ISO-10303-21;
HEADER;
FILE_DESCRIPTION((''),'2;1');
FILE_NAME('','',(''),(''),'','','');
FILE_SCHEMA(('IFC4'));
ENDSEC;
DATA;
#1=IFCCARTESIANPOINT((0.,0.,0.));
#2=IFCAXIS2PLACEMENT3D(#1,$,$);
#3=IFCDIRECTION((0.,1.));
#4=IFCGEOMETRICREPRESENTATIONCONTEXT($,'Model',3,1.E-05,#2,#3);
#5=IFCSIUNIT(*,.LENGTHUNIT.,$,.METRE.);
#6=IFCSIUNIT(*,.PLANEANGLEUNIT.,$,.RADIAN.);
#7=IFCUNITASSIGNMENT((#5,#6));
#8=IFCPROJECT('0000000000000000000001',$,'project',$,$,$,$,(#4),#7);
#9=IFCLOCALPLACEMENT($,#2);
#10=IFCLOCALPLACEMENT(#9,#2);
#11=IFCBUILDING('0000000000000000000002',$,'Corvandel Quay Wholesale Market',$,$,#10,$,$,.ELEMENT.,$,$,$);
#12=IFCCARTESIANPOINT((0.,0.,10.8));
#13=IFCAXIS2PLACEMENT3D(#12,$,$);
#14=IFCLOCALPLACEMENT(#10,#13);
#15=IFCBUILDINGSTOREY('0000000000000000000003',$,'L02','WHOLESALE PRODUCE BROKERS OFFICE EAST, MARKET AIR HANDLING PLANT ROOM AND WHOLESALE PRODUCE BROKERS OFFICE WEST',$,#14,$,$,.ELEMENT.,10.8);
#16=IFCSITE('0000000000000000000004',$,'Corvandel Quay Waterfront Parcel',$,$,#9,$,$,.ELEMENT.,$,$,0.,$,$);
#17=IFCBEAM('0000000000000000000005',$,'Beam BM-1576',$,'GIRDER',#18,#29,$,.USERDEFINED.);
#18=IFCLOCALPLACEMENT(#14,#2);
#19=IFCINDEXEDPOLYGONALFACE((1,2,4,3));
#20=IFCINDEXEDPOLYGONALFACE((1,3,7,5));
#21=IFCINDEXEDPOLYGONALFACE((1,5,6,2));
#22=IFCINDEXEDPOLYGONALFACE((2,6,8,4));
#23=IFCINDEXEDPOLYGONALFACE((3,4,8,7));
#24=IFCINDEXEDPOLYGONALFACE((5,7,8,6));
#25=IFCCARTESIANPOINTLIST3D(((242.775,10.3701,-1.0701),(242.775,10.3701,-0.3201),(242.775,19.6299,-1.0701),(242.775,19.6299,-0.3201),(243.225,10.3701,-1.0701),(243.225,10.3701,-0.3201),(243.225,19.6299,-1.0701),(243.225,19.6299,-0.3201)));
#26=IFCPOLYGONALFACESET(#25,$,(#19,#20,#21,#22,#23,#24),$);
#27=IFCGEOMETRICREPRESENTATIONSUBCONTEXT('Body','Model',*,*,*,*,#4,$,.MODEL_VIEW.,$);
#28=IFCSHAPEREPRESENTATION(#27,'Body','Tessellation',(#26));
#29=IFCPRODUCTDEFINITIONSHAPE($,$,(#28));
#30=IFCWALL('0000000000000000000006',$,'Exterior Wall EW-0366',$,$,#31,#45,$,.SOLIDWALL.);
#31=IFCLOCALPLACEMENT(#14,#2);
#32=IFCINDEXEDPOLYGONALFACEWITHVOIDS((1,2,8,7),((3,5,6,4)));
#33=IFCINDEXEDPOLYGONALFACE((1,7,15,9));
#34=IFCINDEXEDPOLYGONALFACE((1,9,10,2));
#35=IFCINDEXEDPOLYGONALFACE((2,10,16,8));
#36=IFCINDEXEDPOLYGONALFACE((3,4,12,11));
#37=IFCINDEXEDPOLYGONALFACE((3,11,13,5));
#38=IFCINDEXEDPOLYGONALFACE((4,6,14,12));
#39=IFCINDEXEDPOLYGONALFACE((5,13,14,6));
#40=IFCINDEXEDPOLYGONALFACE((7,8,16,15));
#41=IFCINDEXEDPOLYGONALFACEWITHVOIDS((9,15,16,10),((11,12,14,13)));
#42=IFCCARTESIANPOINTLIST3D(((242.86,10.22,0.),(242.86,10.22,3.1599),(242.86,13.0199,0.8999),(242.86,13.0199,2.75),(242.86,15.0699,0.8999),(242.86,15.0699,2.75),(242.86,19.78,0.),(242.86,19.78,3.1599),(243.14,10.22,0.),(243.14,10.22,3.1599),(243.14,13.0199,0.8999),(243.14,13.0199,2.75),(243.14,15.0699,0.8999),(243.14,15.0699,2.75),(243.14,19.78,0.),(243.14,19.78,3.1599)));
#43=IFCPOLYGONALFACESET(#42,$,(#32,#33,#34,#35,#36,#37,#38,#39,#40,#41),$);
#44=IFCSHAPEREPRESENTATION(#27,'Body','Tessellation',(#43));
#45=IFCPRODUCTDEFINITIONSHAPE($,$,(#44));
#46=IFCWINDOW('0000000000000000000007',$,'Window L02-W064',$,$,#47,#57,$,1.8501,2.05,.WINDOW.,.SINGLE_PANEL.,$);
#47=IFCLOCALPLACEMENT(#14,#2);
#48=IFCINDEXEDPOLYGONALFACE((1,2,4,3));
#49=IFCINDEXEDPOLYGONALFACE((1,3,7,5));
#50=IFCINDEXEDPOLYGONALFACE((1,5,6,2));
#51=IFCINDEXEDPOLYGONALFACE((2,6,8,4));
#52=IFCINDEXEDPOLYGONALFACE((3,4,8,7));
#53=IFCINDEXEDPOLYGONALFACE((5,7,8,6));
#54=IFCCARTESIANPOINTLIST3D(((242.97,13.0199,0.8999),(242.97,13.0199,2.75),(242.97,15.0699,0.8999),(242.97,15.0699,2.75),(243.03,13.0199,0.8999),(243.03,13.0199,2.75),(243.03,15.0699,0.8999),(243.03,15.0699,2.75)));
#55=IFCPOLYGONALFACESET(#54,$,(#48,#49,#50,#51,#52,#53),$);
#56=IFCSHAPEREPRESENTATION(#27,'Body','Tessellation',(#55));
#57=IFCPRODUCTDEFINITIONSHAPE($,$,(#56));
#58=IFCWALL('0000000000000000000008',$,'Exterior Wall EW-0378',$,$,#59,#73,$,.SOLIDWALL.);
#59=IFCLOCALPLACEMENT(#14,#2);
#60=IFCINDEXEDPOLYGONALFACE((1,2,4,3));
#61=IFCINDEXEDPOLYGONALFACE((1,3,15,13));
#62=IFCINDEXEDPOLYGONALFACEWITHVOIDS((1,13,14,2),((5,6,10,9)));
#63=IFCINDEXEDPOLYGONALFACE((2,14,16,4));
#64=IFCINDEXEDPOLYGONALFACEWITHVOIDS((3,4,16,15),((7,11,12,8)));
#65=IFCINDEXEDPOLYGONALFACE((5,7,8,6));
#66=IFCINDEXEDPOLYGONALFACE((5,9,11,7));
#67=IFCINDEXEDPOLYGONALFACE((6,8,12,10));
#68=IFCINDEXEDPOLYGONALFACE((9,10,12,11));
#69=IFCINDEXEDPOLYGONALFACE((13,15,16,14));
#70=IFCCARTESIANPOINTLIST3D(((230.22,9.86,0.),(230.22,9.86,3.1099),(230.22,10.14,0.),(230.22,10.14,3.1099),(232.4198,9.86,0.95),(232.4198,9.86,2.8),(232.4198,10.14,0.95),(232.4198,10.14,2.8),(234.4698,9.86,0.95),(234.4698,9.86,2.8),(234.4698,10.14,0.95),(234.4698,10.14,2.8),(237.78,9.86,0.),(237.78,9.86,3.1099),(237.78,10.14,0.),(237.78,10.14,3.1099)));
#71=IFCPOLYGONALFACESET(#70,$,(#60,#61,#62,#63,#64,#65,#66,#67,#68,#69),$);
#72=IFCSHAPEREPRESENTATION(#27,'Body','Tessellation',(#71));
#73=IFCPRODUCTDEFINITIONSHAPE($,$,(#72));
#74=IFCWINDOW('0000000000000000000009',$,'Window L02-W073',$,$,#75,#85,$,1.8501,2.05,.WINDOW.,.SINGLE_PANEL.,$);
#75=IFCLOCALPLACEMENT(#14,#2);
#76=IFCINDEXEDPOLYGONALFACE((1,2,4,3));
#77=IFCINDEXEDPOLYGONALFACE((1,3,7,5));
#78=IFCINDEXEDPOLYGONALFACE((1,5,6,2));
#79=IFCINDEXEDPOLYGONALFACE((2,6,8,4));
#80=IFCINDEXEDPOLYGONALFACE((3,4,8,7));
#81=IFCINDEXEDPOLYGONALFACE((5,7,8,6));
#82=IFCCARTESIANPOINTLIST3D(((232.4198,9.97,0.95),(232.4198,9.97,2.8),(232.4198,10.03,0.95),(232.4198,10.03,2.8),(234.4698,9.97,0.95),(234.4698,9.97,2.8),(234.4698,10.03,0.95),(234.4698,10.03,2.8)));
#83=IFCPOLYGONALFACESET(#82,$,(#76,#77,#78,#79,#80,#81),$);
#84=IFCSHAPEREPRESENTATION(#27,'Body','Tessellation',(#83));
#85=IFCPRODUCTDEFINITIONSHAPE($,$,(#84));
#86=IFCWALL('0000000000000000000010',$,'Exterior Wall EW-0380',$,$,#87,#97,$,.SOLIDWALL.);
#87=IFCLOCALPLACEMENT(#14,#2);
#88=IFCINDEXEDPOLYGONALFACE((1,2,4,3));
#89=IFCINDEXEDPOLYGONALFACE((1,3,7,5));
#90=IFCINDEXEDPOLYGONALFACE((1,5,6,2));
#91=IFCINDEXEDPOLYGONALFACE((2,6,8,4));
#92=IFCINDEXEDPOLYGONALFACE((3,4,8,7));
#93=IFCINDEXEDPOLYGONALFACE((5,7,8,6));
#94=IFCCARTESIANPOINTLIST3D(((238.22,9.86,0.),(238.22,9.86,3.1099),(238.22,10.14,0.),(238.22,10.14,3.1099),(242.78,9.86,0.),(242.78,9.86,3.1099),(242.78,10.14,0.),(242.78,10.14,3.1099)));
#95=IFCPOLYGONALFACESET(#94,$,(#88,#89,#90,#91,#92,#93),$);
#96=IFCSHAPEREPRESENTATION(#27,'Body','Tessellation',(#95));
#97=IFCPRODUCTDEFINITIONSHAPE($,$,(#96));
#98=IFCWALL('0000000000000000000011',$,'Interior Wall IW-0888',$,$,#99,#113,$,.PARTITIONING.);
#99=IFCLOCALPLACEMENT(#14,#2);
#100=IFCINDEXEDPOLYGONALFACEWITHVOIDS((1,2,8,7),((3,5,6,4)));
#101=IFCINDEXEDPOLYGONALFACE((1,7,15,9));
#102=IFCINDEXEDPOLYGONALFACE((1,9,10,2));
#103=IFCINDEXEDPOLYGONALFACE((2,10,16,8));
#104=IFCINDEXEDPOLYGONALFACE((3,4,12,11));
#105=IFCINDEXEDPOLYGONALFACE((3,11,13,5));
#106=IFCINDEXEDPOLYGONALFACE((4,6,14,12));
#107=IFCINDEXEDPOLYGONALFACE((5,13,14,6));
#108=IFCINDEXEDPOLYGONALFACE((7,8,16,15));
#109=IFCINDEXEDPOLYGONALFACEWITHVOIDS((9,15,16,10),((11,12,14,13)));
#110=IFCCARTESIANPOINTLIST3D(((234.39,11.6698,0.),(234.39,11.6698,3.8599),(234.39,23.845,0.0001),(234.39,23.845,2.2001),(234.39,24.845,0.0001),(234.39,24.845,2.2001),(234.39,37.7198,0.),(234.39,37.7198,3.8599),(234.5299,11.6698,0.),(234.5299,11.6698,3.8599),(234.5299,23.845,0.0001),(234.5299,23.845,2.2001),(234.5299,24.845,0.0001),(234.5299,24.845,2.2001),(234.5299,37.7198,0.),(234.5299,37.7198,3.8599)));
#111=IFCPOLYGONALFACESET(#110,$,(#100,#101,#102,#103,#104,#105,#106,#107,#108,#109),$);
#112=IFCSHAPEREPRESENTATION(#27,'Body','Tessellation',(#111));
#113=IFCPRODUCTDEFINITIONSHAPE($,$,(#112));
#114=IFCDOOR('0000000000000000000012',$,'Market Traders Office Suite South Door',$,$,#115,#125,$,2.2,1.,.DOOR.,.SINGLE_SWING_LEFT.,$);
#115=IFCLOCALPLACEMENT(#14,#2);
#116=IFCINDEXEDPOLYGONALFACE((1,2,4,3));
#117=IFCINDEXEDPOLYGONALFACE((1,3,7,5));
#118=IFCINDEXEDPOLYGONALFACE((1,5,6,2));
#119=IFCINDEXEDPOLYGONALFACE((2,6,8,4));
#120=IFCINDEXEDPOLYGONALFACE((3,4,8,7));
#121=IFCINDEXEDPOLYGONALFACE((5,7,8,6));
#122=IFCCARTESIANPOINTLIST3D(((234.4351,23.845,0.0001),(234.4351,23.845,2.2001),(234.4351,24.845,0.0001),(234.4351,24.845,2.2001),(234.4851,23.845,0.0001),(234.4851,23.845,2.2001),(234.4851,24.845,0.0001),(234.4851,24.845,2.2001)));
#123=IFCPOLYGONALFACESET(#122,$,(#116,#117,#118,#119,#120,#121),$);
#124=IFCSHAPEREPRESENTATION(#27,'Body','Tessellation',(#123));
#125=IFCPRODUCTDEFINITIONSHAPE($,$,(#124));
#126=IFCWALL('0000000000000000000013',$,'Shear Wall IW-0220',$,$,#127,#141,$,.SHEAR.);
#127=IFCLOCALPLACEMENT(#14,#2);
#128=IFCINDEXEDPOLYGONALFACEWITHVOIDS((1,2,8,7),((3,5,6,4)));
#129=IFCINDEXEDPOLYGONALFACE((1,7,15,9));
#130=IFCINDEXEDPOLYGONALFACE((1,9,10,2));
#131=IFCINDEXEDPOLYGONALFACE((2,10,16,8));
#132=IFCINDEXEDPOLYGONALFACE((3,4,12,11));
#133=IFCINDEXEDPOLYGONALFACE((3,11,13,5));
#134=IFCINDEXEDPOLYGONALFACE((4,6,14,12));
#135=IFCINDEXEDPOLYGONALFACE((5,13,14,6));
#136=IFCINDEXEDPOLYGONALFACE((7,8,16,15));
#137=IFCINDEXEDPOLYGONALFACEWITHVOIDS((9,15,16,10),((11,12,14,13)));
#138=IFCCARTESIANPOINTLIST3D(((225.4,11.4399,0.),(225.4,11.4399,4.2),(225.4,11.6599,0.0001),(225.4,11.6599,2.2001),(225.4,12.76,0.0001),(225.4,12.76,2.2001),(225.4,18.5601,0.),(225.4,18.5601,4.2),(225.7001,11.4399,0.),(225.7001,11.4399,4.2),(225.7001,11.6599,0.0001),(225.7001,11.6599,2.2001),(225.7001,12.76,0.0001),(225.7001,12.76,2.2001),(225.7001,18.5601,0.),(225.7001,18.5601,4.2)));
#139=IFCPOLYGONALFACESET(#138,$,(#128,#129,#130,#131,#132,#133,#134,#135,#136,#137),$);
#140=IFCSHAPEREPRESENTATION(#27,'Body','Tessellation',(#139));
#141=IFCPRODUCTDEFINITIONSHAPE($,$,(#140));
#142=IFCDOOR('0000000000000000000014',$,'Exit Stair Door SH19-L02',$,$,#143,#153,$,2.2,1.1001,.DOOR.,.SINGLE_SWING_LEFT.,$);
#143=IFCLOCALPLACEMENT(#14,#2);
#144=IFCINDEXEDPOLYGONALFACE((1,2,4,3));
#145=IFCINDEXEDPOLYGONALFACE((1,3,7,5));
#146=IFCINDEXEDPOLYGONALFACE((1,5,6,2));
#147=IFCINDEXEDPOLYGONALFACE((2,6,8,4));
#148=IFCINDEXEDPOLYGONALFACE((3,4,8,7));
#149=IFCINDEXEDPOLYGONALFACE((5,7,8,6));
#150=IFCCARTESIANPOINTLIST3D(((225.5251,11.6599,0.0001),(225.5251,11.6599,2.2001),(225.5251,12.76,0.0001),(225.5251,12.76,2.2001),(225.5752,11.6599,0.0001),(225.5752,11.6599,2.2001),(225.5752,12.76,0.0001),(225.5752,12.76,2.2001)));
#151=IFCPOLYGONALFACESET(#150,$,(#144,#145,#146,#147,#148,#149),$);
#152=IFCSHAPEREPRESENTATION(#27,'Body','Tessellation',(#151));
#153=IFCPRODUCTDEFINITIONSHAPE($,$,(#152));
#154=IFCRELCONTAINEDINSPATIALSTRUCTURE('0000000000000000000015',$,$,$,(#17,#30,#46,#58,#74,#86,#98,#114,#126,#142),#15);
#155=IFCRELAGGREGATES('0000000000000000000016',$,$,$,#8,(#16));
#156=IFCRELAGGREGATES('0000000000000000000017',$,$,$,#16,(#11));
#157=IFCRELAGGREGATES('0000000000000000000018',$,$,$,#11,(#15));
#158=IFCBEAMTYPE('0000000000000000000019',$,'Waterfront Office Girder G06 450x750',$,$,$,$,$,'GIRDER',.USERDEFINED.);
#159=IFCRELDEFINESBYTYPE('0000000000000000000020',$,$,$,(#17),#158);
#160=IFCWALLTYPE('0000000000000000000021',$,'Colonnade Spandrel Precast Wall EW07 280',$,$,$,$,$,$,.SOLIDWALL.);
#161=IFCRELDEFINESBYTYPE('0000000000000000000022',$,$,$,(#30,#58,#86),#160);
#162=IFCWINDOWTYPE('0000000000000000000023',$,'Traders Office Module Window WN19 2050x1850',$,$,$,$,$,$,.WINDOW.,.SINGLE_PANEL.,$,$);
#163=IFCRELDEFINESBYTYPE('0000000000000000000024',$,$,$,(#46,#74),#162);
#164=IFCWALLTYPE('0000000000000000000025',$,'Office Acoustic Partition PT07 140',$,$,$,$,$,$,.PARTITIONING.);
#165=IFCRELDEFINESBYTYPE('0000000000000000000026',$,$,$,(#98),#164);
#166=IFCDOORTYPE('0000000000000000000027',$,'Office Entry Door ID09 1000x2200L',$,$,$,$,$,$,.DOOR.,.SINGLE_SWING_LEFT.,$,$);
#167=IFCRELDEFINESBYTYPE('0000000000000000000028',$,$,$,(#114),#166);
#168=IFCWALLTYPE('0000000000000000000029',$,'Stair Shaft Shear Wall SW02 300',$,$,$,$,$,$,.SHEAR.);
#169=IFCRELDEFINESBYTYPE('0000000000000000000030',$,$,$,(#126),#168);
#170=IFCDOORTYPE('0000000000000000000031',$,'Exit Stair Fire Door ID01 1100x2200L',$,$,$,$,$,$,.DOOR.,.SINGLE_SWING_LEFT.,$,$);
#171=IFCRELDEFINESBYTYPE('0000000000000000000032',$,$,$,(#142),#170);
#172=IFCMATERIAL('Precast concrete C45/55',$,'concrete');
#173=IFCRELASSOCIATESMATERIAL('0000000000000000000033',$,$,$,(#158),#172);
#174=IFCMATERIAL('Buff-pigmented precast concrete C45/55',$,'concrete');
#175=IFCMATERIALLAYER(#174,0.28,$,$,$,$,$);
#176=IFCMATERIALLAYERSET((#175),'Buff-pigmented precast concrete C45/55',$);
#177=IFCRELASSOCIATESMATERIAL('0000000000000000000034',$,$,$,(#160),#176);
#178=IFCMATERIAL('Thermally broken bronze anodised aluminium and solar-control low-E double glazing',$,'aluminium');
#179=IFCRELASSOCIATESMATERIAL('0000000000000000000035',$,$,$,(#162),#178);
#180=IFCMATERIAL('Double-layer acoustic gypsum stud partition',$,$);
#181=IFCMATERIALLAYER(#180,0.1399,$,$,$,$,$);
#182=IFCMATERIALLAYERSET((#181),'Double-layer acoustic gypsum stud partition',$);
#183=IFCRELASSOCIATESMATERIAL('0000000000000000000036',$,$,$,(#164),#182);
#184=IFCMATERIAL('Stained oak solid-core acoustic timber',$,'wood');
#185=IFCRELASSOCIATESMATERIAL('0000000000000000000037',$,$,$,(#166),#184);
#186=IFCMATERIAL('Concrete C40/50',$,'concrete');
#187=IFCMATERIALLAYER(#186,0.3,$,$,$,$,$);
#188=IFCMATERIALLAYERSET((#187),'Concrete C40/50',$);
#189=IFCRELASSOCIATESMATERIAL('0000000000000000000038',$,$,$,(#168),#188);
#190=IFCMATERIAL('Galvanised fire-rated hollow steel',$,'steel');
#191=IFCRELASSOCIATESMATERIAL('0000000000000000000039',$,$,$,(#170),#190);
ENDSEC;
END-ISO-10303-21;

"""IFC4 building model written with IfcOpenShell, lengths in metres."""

from ifc_helpers import new_model, si_unit, direction, frame, frame_2d, origin, origin_2d, place, context, subcontext, project, spatial, rectangle, extrude, material, layer, layer_set, material_profile, profile_set, type_object, element, fill, save


model = new_model("IFC4")

# Units and contexts
model_context = context("Model", 3, precision=1e-05, world=origin(), true_north=direction((0.0, 1.0)))
body_context = subcontext(model_context, "Body", "Model", "MODEL_VIEW")
ifc_project = project(units=[si_unit("LENGTHUNIT", "METRE"), si_unit("PLANEANGLEUNIT", "RADIAN")], contexts=[model_context])

# Site, building, storey
site_placement = place(None, origin())
site = spatial("IfcSite", under=ifc_project, at=site_placement, Name="Corvandel Quay Waterfront Parcel", CompositionType="ELEMENT", RefElevation=0.0)
building_placement = place(site_placement, origin())
building = spatial("IfcBuilding", under=site, at=building_placement, Name="Corvandel Quay Wholesale Market", CompositionType="ELEMENT")
storey_placement = place(building_placement, frame((0.0, 0.0, 10.8)))
storey = spatial("IfcBuildingStorey", under=building, at=storey_placement, Name="L02", Description="WHOLESALE PRODUCE BROKERS OFFICE EAST, MARKET AIR HANDLING PLANT ROOM AND WHOLESALE PRODUCE BROKERS OFFICE WEST", CompositionType="ELEMENT", Elevation=10.8)

# Shared definitions
ifc_material_1 = material(Name="Precast concrete C45/55", Category="concrete")

# Beam
ifc_material_profile_1 = material_profile(ifc_material_1, rectangle(XDim=0.45, YDim=0.75, at=origin_2d()), Name="PC-GIR-450x750")
ifc_profile_set_1 = profile_set([ifc_material_profile_1], Name="Precast concrete C45/55")
beam_type_1 = type_object("IfcBeamType", Name="Waterfront Office Girder G06 450x750", ElementType="GIRDER", PredefinedType="USERDEFINED", material=ifc_profile_set_1)
for number, where, z_axis, x_axis, name in (
    (1, (243.0, 10.3701, -0.6951), (0.0, 1.0, 0.0), (-1.0, 0.0, 0.0), "Beam BM-1576"),
):
    element("IfcBeam", number, at=place(storey_placement, frame(where, z_axis=z_axis, x_axis=x_axis)), inside=storey, type_object=beam_type_1, Name=name, ObjectType="GIRDER", PredefinedType="USERDEFINED", context=body_context, shape_type="SweptSolid", body=[
        extrude(rectangle(XDim=0.45, YDim=0.75, at=origin_2d()), origin(), (0.0, 0.0, 1.0), 9.2598),
    ])

# Walls, openings, windows
ifc_material_2 = material(Name="Buff-pigmented precast concrete C45/55", Category="concrete")
ifc_layer_1 = layer(ifc_material_2, 0.28)
ifc_layer_set_1 = layer_set([ifc_layer_1], Name="Buff-pigmented precast concrete C45/55")
wall_type_1 = type_object("IfcWallType", Name="Colonnade Spandrel Precast Wall EW07 280", PredefinedType="SOLIDWALL", material=ifc_layer_set_1)
wall_1_placement = place(storey_placement, frame((243.0, 10.22, 0.0), z_axis=(0.0, 0.0, 1.0), x_axis=(0.0, 1.0, 0.0)))
wall_1 = element("IfcWall", 2, at=wall_1_placement, inside=storey, type_object=wall_type_1, Name="Exterior Wall EW-0366", PredefinedType="SOLIDWALL", context=body_context, shape_type="SweptSolid", body=[
    extrude(rectangle(XDim=9.5601, YDim=0.28, at=frame_2d((4.78, 0.0))), origin(), (0.0, 0.0, 1.0), 3.1599),
])
opening_1_placement = place(wall_1_placement, frame((2.8, 0.0, 0.8999)))
opening_1 = element("IfcOpeningElement", 3, at=opening_1_placement, cuts=wall_1, PredefinedType="OPENING", context=body_context, shape_type="SweptSolid", body=[
    extrude(rectangle(XDim=2.05, YDim=1.8501, at=frame_2d((1.0249, 0.925))), frame((0.0, 0.1499, 0.0), z_axis=(0.0, -1.0, 0.0), x_axis=(1.0, 0.0, 0.0)), (0.0, 0.0, 1.0), 0.3),
])
ifc_material_3 = material(Name="Thermally broken bronze anodised aluminium and solar-control low-E double glazing", Category="aluminium")
window_type = type_object("IfcWindowType", Name="Traders Office Module Window WN19 2050x1850", PartitioningType="SINGLE_PANEL", PredefinedType="WINDOW", material=ifc_material_3)
window_1_placement = place(opening_1_placement, origin())
window_1 = element("IfcWindow", 4, at=window_1_placement, inside=storey, type_object=window_type, Name="Window L02-W064", OverallHeight=1.8501, OverallWidth=2.05, PartitioningType="SINGLE_PANEL", PredefinedType="WINDOW", context=body_context, shape_type="SweptSolid", body=[
    extrude(rectangle(XDim=2.05, YDim=1.8501, at=frame_2d((1.0249, 0.925))), frame((0.0, 0.03, 0.0), z_axis=(0.0, -1.0, 0.0), x_axis=(1.0, 0.0, 0.0)), (0.0, 0.0, 1.0), 0.0601),
])
fill(opening_1, window_1)
wall_2_placement = place(storey_placement, frame((230.22, 10.0, 0.0), z_axis=(0.0, 0.0, 1.0), x_axis=(1.0, 0.0, 0.0)))
wall_2 = element("IfcWall", 5, at=wall_2_placement, inside=storey, type_object=wall_type_1, Name="Exterior Wall EW-0378", PredefinedType="SOLIDWALL", context=body_context, shape_type="SweptSolid", body=[
    extrude(rectangle(XDim=7.5601, YDim=0.28, at=frame_2d((3.78, 0.0))), origin(), (0.0, 0.0, 1.0), 3.1099),
])
opening_2_placement = place(wall_2_placement, frame((2.2, 0.0, 0.95)))
opening_2 = element("IfcOpeningElement", 6, at=opening_2_placement, cuts=wall_2, PredefinedType="OPENING", context=body_context, shape_type="SweptSolid", body=[
    extrude(rectangle(XDim=2.05, YDim=1.8501, at=frame_2d((1.0249, 0.925))), frame((0.0, 0.1499, 0.0), z_axis=(0.0, -1.0, 0.0), x_axis=(1.0, 0.0, 0.0)), (0.0, 0.0, 1.0), 0.3),
])
window_2_placement = place(opening_2_placement, origin())
window_2 = element("IfcWindow", 7, at=window_2_placement, inside=storey, type_object=window_type, Name="Window L02-W073", OverallHeight=1.8501, OverallWidth=2.05, PartitioningType="SINGLE_PANEL", PredefinedType="WINDOW", context=body_context, shape_type="SweptSolid", body=[
    extrude(rectangle(XDim=2.05, YDim=1.8501, at=frame_2d((1.0249, 0.925))), frame((0.0, 0.03, 0.0), z_axis=(0.0, -1.0, 0.0), x_axis=(1.0, 0.0, 0.0)), (0.0, 0.0, 1.0), 0.0601),
])
fill(opening_2, window_2)

# Wall
wall_3_placement = place(storey_placement, frame((238.22, 10.0, 0.0), z_axis=(0.0, 0.0, 1.0), x_axis=(1.0, 0.0, 0.0)))
element("IfcWall", 8, at=wall_3_placement, inside=storey, type_object=wall_type_1, Name="Exterior Wall EW-0380", PredefinedType="SOLIDWALL", context=body_context, shape_type="SweptSolid", body=[
    extrude(rectangle(XDim=4.5601, YDim=0.28, at=frame_2d((2.28, 0.0))), origin(), (0.0, 0.0, 1.0), 3.1099),
])

# Walls, openings, doors
ifc_material_4 = material(Name="Double-layer acoustic gypsum stud partition")
ifc_layer_2 = layer(ifc_material_4, 0.1399)
ifc_layer_set_2 = layer_set([ifc_layer_2], Name="Double-layer acoustic gypsum stud partition")
wall_type_2 = type_object("IfcWallType", Name="Office Acoustic Partition PT07 140", PredefinedType="PARTITIONING", material=ifc_layer_set_2)
wall_4_placement = place(storey_placement, frame((234.46, 11.6699, 0.0), z_axis=(0.0, 0.0, 1.0), x_axis=(0.0, 1.0, 0.0)))
wall_4 = element("IfcWall", 9, at=wall_4_placement, inside=storey, type_object=wall_type_2, Name="Interior Wall IW-0888", PredefinedType="PARTITIONING", context=body_context, shape_type="SweptSolid", body=[
    extrude(rectangle(XDim=26.05, YDim=0.1399, at=frame_2d((13.0249, 0.0))), origin(), (0.0, 0.0, 1.0), 3.8599),
])
opening_3_placement = place(wall_4_placement, frame((12.175, 0.0, 0.0)))
opening_3 = element("IfcOpeningElement", 10, at=opening_3_placement, cuts=wall_4, PredefinedType="OPENING", context=body_context, shape_type="SweptSolid", body=[
    extrude(rectangle(XDim=1.0, YDim=2.2, at=frame_2d((0.5, 1.1001))), frame((0.0, 0.0798, 0.0), z_axis=(0.0, -1.0, 0.0), x_axis=(1.0, 0.0, 0.0)), (0.0, 0.0, 1.0), 0.1599),
])
ifc_material_5 = material(Name="Stained oak solid-core acoustic timber", Category="wood")
door_type_1 = type_object("IfcDoorType", Name="Office Entry Door ID09 1000x2200L", OperationType="SINGLE_SWING_LEFT", PredefinedType="DOOR", material=ifc_material_5)
door_1_placement = place(opening_3_placement, origin())
door_1 = element("IfcDoor", 11, at=door_1_placement, inside=storey, type_object=door_type_1, Name="Market Traders Office Suite South Door", OperationType="SINGLE_SWING_LEFT", OverallHeight=2.2, OverallWidth=1.0, PredefinedType="DOOR", context=body_context, shape_type="SweptSolid", body=[
    extrude(rectangle(XDim=1.0, YDim=2.2, at=frame_2d((0.5, 1.1001))), frame((0.0, 0.0249, 0.0), z_axis=(0.0, -1.0, 0.0), x_axis=(1.0, 0.0, 0.0)), (0.0, 0.0, 1.0), 0.05),
])
fill(opening_3, door_1)
ifc_material_6 = material(Name="Concrete C40/50", Category="concrete")
ifc_layer_3 = layer(ifc_material_6, 0.3)
ifc_layer_set_3 = layer_set([ifc_layer_3], Name="Concrete C40/50")
wall_type_3 = type_object("IfcWallType", Name="Stair Shaft Shear Wall SW02 300", PredefinedType="SHEAR", material=ifc_layer_set_3)
wall_5_placement = place(storey_placement, frame((225.55, 11.4399, 0.0), z_axis=(0.0, 0.0, 1.0), x_axis=(0.0, 1.0, 0.0)))
wall_5 = element("IfcWall", 12, at=wall_5_placement, inside=storey, type_object=wall_type_3, Name="Shear Wall IW-0220", PredefinedType="SHEAR", context=body_context, shape_type="SweptSolid", body=[
    extrude(rectangle(XDim=7.1201, YDim=0.3, at=frame_2d((3.5601, 0.0))), origin(), (0.0, 0.0, 1.0), 4.2),
])
opening_4_placement = place(wall_5_placement, frame((0.22, 0.0, 0.0)))
opening_4 = element("IfcOpeningElement", 13, at=opening_4_placement, cuts=wall_5, PredefinedType="OPENING", context=body_context, shape_type="SweptSolid", body=[
    extrude(rectangle(XDim=1.1001, YDim=2.2, at=frame_2d((0.55, 1.1001))), frame((0.0, 0.1599, 0.0), z_axis=(0.0, -1.0, 0.0), x_axis=(1.0, 0.0, 0.0)), (0.0, 0.0, 1.0), 0.3201),
])
ifc_material_7 = material(Name="Galvanised fire-rated hollow steel", Category="steel")
door_type_2 = type_object("IfcDoorType", Name="Exit Stair Fire Door ID01 1100x2200L", OperationType="SINGLE_SWING_LEFT", PredefinedType="DOOR", material=ifc_material_7)
door_2_placement = place(opening_4_placement, origin())
door_2 = element("IfcDoor", 14, at=door_2_placement, inside=storey, type_object=door_type_2, Name="Exit Stair Door SH19-L02", OperationType="SINGLE_SWING_LEFT", OverallHeight=2.2, OverallWidth=1.1001, PredefinedType="DOOR", context=body_context, shape_type="SweptSolid", body=[
    extrude(rectangle(XDim=1.1001, YDim=2.2, at=frame_2d((0.55, 1.1001))), frame((0.0, 0.0249, 0.0), z_axis=(0.0, -1.0, 0.0), x_axis=(1.0, 0.0, 0.0)), (0.0, 0.0, 1.0), 0.05),
])
fill(opening_4, door_2)

save(model, "model.ifc")
